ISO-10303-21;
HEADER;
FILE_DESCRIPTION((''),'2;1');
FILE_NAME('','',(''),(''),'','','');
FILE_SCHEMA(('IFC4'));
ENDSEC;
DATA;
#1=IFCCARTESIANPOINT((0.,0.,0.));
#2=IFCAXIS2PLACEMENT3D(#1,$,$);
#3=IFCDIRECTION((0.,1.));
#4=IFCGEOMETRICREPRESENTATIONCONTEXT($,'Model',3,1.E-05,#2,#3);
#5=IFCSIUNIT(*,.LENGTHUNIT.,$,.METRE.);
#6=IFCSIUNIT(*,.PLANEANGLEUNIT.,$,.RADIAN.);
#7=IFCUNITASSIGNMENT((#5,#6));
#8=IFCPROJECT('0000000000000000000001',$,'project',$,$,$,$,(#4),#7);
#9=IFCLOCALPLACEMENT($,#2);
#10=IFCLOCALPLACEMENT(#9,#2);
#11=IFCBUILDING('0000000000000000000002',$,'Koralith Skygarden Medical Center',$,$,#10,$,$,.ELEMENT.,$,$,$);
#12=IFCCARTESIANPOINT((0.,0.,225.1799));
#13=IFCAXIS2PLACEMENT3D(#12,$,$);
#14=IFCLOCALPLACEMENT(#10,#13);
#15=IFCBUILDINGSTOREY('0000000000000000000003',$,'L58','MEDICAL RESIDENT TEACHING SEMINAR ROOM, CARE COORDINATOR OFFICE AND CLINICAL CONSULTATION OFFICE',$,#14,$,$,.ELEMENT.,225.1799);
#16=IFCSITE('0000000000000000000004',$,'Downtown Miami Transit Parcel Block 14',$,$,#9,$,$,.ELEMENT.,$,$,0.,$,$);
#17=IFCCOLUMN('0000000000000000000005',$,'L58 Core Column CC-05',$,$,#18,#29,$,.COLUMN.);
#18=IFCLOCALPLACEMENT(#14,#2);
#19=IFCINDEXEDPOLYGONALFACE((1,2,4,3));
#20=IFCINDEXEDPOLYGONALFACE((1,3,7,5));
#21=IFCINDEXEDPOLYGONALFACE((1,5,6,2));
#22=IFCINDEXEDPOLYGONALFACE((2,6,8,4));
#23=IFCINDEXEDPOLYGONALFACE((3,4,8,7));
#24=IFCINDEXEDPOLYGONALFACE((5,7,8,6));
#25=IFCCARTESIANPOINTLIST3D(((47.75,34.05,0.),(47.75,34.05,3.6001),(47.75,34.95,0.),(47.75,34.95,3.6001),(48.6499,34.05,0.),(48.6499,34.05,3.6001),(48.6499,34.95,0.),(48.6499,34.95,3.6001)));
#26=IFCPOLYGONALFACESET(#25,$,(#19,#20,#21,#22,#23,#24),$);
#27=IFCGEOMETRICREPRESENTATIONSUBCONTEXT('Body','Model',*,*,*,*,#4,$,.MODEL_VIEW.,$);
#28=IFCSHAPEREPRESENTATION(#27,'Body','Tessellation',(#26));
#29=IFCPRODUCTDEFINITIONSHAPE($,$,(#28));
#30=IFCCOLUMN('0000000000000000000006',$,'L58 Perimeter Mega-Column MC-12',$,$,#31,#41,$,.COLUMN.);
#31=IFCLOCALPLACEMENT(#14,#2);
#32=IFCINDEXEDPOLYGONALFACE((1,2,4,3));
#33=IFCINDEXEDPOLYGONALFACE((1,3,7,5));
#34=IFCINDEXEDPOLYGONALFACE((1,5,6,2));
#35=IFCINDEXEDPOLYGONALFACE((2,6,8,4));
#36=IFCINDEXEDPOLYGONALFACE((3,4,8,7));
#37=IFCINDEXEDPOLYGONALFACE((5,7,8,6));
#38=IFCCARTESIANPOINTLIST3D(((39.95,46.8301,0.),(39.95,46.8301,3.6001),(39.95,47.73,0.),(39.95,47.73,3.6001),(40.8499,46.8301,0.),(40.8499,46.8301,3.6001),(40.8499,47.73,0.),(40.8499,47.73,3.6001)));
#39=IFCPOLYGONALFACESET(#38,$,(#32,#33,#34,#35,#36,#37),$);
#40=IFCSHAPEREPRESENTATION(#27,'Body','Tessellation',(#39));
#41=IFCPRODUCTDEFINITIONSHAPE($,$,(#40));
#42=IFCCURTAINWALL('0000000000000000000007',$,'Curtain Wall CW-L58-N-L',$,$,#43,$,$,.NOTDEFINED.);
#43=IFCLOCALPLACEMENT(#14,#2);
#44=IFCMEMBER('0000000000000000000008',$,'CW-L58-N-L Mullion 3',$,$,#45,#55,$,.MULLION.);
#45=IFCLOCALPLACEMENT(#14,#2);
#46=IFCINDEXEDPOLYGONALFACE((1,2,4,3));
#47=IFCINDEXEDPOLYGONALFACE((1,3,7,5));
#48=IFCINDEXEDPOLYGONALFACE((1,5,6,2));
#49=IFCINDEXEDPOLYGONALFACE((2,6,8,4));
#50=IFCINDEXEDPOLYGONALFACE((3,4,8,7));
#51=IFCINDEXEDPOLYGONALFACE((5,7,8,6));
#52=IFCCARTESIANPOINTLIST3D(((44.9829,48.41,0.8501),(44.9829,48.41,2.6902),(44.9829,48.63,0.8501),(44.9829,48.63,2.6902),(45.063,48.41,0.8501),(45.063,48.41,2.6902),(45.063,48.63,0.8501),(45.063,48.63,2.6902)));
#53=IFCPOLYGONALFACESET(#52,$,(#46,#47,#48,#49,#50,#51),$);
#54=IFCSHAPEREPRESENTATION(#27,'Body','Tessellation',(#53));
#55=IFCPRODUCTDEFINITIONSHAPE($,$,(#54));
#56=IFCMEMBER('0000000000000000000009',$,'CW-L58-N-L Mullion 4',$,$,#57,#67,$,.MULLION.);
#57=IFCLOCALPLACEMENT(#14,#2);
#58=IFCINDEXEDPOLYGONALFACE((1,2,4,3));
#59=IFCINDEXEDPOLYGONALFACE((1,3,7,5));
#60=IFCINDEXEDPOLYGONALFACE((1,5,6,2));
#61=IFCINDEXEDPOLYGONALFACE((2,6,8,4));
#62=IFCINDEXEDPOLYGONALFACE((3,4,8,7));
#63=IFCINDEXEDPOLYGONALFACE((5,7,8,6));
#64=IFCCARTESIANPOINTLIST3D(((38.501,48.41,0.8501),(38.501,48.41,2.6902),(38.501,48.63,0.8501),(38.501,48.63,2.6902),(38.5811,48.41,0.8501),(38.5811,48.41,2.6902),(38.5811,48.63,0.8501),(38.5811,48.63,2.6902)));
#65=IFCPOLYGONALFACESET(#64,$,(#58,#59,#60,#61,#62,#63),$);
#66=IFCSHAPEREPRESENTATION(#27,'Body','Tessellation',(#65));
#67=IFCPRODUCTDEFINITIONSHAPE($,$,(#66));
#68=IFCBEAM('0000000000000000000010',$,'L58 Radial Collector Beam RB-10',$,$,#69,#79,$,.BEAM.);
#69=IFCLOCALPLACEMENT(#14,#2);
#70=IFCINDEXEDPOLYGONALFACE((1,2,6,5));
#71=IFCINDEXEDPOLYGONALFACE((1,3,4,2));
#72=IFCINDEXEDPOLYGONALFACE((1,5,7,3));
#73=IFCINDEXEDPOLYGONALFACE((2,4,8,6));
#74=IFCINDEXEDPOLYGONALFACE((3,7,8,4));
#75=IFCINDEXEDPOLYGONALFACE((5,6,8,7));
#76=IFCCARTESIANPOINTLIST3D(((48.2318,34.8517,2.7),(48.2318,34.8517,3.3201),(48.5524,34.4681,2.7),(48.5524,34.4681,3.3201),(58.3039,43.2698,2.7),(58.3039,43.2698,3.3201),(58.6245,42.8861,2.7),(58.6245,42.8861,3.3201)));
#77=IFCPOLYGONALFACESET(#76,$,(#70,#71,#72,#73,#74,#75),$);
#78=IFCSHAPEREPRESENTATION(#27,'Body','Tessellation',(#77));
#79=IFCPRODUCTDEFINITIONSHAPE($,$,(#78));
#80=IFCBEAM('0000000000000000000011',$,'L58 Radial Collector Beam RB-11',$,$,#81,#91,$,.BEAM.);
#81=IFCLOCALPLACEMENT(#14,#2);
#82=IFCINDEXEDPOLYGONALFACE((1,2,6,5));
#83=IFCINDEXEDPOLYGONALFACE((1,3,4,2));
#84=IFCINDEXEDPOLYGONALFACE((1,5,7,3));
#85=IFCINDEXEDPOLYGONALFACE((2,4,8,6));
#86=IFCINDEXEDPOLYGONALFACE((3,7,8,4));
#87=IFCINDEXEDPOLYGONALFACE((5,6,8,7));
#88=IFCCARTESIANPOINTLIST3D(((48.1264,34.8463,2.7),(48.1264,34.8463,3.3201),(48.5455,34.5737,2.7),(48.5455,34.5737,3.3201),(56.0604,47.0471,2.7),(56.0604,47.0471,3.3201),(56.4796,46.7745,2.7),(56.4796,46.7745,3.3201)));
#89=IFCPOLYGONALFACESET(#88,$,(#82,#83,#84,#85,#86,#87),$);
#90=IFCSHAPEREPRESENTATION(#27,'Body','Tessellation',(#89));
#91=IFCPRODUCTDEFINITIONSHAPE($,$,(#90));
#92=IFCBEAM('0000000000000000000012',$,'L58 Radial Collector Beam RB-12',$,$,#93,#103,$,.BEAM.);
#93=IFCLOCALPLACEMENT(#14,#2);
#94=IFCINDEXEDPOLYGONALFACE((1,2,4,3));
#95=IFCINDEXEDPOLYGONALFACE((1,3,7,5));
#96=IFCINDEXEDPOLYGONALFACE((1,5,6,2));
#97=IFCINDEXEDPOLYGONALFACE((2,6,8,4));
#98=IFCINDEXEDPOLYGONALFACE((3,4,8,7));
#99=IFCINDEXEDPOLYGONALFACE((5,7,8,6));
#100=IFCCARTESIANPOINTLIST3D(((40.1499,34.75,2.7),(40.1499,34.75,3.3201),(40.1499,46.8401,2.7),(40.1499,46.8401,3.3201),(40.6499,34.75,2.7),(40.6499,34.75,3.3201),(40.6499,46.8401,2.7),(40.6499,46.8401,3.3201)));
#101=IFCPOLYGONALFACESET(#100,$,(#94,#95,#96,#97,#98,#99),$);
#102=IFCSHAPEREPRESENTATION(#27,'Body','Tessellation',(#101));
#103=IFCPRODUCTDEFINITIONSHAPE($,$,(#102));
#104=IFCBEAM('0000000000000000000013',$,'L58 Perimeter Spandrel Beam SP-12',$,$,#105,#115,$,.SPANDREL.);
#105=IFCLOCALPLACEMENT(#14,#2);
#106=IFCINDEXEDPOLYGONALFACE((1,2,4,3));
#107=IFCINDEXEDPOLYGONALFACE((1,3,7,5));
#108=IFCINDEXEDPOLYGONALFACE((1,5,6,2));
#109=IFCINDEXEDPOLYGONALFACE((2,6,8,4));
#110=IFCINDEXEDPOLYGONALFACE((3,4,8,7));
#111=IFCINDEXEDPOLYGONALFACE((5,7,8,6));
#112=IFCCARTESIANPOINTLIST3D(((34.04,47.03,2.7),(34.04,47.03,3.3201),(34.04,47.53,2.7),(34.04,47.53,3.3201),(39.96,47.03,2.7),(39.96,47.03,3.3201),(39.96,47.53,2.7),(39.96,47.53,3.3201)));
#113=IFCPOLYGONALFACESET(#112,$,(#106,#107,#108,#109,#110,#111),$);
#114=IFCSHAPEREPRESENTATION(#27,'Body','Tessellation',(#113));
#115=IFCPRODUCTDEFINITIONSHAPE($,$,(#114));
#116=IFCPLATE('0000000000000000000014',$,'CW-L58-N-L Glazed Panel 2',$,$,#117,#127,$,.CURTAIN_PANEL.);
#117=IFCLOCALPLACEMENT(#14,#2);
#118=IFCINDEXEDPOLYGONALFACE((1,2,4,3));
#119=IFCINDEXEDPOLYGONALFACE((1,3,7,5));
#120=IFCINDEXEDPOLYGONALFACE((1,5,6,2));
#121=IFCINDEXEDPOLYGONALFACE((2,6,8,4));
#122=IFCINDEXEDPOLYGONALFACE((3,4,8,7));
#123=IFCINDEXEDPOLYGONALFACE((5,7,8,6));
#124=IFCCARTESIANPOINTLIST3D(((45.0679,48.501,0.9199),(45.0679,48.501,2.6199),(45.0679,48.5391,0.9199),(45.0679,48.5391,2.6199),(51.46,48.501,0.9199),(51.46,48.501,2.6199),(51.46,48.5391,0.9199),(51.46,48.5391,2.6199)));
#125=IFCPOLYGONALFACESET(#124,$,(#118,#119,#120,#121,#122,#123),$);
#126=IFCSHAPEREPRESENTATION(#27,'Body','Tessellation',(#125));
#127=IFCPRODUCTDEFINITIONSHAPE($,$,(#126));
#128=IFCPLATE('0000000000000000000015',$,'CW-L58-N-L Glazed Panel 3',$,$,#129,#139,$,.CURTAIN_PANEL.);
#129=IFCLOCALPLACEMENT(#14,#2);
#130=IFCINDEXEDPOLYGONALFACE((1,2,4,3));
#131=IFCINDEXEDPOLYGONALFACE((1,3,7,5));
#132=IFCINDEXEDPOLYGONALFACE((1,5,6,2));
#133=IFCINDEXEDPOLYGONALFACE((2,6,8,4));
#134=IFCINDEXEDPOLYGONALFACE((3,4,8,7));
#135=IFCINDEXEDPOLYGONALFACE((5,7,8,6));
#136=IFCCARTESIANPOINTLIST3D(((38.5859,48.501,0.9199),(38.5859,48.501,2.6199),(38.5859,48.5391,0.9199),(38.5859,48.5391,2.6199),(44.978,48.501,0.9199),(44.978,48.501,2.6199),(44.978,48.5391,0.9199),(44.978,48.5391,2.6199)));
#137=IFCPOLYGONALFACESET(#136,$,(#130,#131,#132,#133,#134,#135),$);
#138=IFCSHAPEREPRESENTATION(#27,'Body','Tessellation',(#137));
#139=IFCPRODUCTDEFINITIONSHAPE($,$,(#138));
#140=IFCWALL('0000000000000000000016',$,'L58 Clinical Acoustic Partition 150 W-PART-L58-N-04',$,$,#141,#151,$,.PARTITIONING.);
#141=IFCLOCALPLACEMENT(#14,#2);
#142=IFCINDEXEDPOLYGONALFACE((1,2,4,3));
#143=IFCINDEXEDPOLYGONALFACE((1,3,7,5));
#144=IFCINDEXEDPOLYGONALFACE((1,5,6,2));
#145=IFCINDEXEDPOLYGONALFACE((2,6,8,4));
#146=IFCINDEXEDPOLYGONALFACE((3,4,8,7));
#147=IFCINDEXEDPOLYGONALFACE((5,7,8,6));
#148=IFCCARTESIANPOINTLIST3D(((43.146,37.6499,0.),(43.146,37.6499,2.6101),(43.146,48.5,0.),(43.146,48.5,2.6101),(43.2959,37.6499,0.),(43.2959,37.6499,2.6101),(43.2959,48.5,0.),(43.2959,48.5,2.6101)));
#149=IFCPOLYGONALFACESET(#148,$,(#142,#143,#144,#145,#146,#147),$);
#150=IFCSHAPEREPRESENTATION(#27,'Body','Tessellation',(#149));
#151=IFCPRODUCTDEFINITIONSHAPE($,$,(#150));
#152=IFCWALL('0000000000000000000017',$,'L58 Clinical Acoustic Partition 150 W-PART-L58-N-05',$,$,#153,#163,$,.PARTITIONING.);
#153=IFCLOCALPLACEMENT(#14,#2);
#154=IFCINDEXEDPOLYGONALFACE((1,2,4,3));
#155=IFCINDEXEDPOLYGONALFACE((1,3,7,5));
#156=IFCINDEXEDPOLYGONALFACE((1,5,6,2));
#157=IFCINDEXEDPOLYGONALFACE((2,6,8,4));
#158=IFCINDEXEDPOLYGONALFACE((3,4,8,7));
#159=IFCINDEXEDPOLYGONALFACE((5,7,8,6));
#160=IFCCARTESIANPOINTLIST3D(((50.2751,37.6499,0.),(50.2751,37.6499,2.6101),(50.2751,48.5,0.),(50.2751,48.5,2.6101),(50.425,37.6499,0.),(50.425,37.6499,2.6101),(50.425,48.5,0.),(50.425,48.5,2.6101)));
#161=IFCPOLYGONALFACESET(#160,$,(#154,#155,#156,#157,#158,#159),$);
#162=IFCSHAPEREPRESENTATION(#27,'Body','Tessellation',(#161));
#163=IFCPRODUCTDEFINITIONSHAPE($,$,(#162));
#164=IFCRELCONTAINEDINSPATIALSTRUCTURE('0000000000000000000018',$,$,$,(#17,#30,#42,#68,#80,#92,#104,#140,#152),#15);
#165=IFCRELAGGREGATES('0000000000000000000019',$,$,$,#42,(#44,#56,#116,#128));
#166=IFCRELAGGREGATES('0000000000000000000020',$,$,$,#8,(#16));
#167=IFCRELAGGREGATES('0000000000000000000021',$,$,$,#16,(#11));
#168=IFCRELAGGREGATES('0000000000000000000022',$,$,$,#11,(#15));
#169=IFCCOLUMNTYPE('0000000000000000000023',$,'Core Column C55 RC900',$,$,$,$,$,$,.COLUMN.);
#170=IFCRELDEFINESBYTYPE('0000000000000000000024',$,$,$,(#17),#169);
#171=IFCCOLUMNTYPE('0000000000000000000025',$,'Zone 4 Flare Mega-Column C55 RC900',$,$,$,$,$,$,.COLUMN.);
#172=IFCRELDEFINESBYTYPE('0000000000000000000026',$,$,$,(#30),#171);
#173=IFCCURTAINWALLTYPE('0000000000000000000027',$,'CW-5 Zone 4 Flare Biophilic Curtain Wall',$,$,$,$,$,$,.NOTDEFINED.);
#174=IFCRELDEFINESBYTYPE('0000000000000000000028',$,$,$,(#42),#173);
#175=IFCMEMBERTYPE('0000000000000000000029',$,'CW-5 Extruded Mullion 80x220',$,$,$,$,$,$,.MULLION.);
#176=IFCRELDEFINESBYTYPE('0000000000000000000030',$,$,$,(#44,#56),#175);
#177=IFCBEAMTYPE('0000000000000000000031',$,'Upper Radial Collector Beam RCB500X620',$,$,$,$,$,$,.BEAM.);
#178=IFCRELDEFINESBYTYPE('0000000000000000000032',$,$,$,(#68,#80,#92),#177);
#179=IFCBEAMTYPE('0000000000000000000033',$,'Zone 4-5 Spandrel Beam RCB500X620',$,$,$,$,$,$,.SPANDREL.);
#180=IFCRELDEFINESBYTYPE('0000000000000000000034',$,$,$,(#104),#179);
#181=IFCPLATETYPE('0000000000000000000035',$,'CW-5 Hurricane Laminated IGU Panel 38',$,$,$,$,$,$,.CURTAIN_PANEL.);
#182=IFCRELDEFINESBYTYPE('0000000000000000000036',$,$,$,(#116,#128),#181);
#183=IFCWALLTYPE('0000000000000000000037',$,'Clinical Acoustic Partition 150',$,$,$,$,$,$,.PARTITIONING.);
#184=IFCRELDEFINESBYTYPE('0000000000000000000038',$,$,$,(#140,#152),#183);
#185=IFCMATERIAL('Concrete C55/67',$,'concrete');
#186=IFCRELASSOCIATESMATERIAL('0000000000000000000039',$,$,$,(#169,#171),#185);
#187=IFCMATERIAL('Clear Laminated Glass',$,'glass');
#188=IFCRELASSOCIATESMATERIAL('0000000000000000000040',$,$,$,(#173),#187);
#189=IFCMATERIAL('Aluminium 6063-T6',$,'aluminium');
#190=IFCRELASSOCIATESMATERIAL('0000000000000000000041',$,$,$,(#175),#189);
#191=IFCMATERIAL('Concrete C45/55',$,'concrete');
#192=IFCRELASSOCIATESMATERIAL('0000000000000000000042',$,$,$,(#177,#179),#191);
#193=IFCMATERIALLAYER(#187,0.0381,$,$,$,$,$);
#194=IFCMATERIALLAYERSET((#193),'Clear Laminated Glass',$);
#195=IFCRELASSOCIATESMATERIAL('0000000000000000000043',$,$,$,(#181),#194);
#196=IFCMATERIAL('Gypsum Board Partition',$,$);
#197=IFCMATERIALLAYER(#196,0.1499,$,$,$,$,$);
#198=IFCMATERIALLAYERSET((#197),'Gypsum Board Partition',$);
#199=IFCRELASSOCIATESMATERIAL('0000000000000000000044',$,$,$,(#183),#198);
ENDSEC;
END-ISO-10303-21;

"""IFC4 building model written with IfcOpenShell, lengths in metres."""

from ifc_helpers import new_model, si_unit, direction, frame, frame_2d, origin, origin_2d, place, context, subcontext, project, spatial, rectangle, extrude, material, layer, layer_set, material_profile, profile_set, type_object, element, aggregate, save


model = new_model("IFC4")

# Units and contexts
model_context = context("Model", 3, precision=1e-05, world=origin(), true_north=direction((0.0, 1.0)))
body_context = subcontext(model_context, "Body", "Model", "MODEL_VIEW")
ifc_project = project(units=[si_unit("LENGTHUNIT", "METRE"), si_unit("PLANEANGLEUNIT", "RADIAN")], contexts=[model_context])

# Site, building, storey
site_placement = place(None, origin())
site = spatial("IfcSite", under=ifc_project, at=site_placement, Name="Downtown Miami Transit Parcel Block 14", CompositionType="ELEMENT", RefElevation=0.0)
building_placement = place(site_placement, origin())
building = spatial("IfcBuilding", under=site, at=building_placement, Name="Koralith Skygarden Medical Center", CompositionType="ELEMENT")
storey_placement = place(building_placement, frame((0.0, 0.0, 225.1799)))
storey = spatial("IfcBuildingStorey", under=building, at=storey_placement, Name="L58", Description="MEDICAL RESIDENT TEACHING SEMINAR ROOM, CARE COORDINATOR OFFICE AND CLINICAL CONSULTATION OFFICE", CompositionType="ELEMENT", Elevation=225.1799)

# Columns
ifc_material_1 = material(Name="Concrete C55/67", Category="concrete")
ifc_material_profile_1 = material_profile(ifc_material_1, rectangle(XDim=0.8999, YDim=0.8999, at=origin_2d()), Name="RC900X900")
ifc_profile_set_1 = profile_set([ifc_material_profile_1], Name="Concrete C55/67")
column_type_1 = type_object("IfcColumnType", Name="Core Column C55 RC900", PredefinedType="COLUMN", material=ifc_profile_set_1)
column_1_placement = place(storey_placement, frame((48.2, 34.5, 0.0), z_axis=(0.0, 0.0, 1.0), x_axis=(1.0, 0.0, 0.0)))
element("IfcColumn", 1, at=column_1_placement, inside=storey, type_object=column_type_1, Name="L58 Core Column CC-05", PredefinedType="COLUMN", context=body_context, shape_type="SweptSolid", body=[
    extrude(rectangle(XDim=0.8999, YDim=0.8999, at=origin_2d()), origin(), (0.0, 0.0, 1.0), 3.6001),
])
ifc_material_profile_2 = material_profile(ifc_material_1, rectangle(XDim=0.8999, YDim=0.8999, at=origin_2d()), Name="RC900X900")
ifc_profile_set_2 = profile_set([ifc_material_profile_2], Name="Concrete C55/67")
column_type_2 = type_object("IfcColumnType", Name="Zone 4 Flare Mega-Column C55 RC900", PredefinedType="COLUMN", material=ifc_profile_set_2)
column_2_placement = place(storey_placement, frame((40.3999, 47.28, 0.0), z_axis=(0.0, 0.0, 1.0), x_axis=(1.0, 0.0, 0.0)))
element("IfcColumn", 2, at=column_2_placement, inside=storey, type_object=column_type_2, Name="L58 Perimeter Mega-Column MC-12", PredefinedType="COLUMN", context=body_context, shape_type="SweptSolid", body=[
    extrude(rectangle(XDim=0.8999, YDim=0.8999, at=origin_2d()), origin(), (0.0, 0.0, 1.0), 3.6001),
])

# Curtain wall, members
ifc_material_2 = material(Name="Clear Laminated Glass", Category="glass")
curtain_wall_type = type_object("IfcCurtainWallType", Name="CW-5 Zone 4 Flare Biophilic Curtain Wall", PredefinedType="NOTDEFINED", material=ifc_material_2)
curtain_wall_placement = place(storey_placement, origin())
curtain_wall = element("IfcCurtainWall", 3, at=curtain_wall_placement, inside=storey, type_object=curtain_wall_type, Name="Curtain Wall CW-L58-N-L", PredefinedType="NOTDEFINED")
ifc_material_3 = material(Name="Aluminium 6063-T6", Category="aluminium")
ifc_material_profile_3 = material_profile(ifc_material_3, rectangle(XDim=0.0801, YDim=0.22, at=origin_2d()), Name="MUL80X220")
ifc_profile_set_3 = profile_set([ifc_material_profile_3], Name="Aluminium 6063-T6")
member_type = type_object("IfcMemberType", Name="CW-5 Extruded Mullion 80x220", PredefinedType="MULLION", material=ifc_profile_set_3)
member_1_placement = place(storey_placement, frame((45.0229, 48.52, 0.8501), z_axis=(0.0, 0.0, 1.0), x_axis=(1.0, 0.0, 0.0)))
member_1 = element("IfcMember", 4, at=member_1_placement, type_object=member_type, Name="CW-L58-N-L Mullion 3", PredefinedType="MULLION", context=body_context, shape_type="SweptSolid", body=[
    extrude(rectangle(XDim=0.0801, YDim=0.22, at=origin_2d()), origin(), (0.0, 0.0, 1.0), 1.8401),
])
member_2_placement = place(storey_placement, frame((38.541, 48.52, 0.8501), z_axis=(0.0, 0.0, 1.0), x_axis=(1.0, 0.0, 0.0)))
member_2 = element("IfcMember", 5, at=member_2_placement, type_object=member_type, Name="CW-L58-N-L Mullion 4", PredefinedType="MULLION", context=body_context, shape_type="SweptSolid", body=[
    extrude(rectangle(XDim=0.0801, YDim=0.22, at=origin_2d()), origin(), (0.0, 0.0, 1.0), 1.8401),
])

# Beams
ifc_material_4 = material(Name="Concrete C45/55", Category="concrete")
ifc_material_profile_4 = material_profile(ifc_material_4, rectangle(XDim=0.5, YDim=0.6201, at=origin_2d()), Name="RCB500X620")
ifc_profile_set_4 = profile_set([ifc_material_profile_4], Name="Concrete C45/55")
beam_type_1 = type_object("IfcBeamType", Name="Upper Radial Collector Beam RCB500X620", PredefinedType="BEAM", material=ifc_profile_set_4)
beam_1_placement = place(storey_placement, frame((48.3921, 34.6599, 3.01), z_axis=(0.767298, 0.641291, 0.0), x_axis=(-0.641291, 0.767298, 0.0)))
element("IfcBeam", 6, at=beam_1_placement, inside=storey, type_object=beam_type_1, Name="L58 Radial Collector Beam RB-10", PredefinedType="BEAM", context=body_context, shape_type="SweptSolid", body=[
    extrude(rectangle(XDim=0.5, YDim=0.6201, at=origin_2d()), origin(), (0.0, 0.0, 1.0), 13.1267),
])
beam_2_placement = place(storey_placement, frame((48.3359, 34.71, 3.01), z_axis=(0.545156, 0.838334, 0.0), x_axis=(-0.838334, 0.545156, 0.0)))
element("IfcBeam", 7, at=beam_2_placement, inside=storey, type_object=beam_type_1, Name="L58 Radial Collector Beam RB-11", PredefinedType="BEAM", context=body_context, shape_type="SweptSolid", body=[
    extrude(rectangle(XDim=0.5, YDim=0.6201, at=origin_2d()), origin(), (0.0, 0.0, 1.0), 14.5537),
])
beam_3_placement = place(storey_placement, frame((40.3999, 34.75, 3.01), z_axis=(0.0, 1.0, 0.0), x_axis=(-1.0, 0.0, 0.0)))
element("IfcBeam", 8, at=beam_3_placement, inside=storey, type_object=beam_type_1, Name="L58 Radial Collector Beam RB-12", PredefinedType="BEAM", context=body_context, shape_type="SweptSolid", body=[
    extrude(rectangle(XDim=0.5, YDim=0.6201, at=origin_2d()), origin(), (0.0, 0.0, 1.0), 12.0901),
])
ifc_material_profile_5 = material_profile(ifc_material_4, rectangle(XDim=0.5, YDim=0.6201, at=origin_2d()), Name="RCB500X620")
ifc_profile_set_5 = profile_set([ifc_material_profile_5], Name="Concrete C45/55")
beam_type_2 = type_object("IfcBeamType", Name="Zone 4-5 Spandrel Beam RCB500X620", PredefinedType="SPANDREL", material=ifc_profile_set_5)
beam_4_placement = place(storey_placement, frame((39.96, 47.28, 3.01), z_axis=(-1.0, 0.0, 0.0), x_axis=(0.0, -1.0, 0.0)))
element("IfcBeam", 9, at=beam_4_placement, inside=storey, type_object=beam_type_2, Name="L58 Perimeter Spandrel Beam SP-12", PredefinedType="SPANDREL", context=body_context, shape_type="SweptSolid", body=[
    extrude(rectangle(XDim=0.5, YDim=0.6201, at=origin_2d()), origin(), (0.0, 0.0, 1.0), 5.9199),
])

# Plates
ifc_layer_1 = layer(ifc_material_2, 0.0381)
ifc_layer_set_1 = layer_set([ifc_layer_1], Name="Clear Laminated Glass")
plate_type = type_object("IfcPlateType", Name="CW-5 Hurricane Laminated IGU Panel 38", PredefinedType="CURTAIN_PANEL", material=ifc_layer_set_1)
plate_1_placement = place(storey_placement, frame((48.2639, 48.52, 0.9199), z_axis=(0.0, 0.0, 1.0), x_axis=(-1.0, 0.0, 0.0)))
plate_1 = element("IfcPlate", 10, at=plate_1_placement, type_object=plate_type, Name="CW-L58-N-L Glazed Panel 2", PredefinedType="CURTAIN_PANEL", context=body_context, shape_type="SweptSolid", body=[
    extrude(rectangle(XDim=6.3921, YDim=0.0381, at=origin_2d()), origin(), (0.0, 0.0, 1.0), 1.7),
])
plate_2_placement = place(storey_placement, frame((41.782, 48.52, 0.9199), z_axis=(0.0, 0.0, 1.0), x_axis=(-1.0, 0.0, 0.0)))
plate_2 = element("IfcPlate", 11, at=plate_2_placement, type_object=plate_type, Name="CW-L58-N-L Glazed Panel 3", PredefinedType="CURTAIN_PANEL", context=body_context, shape_type="SweptSolid", body=[
    extrude(rectangle(XDim=6.3921, YDim=0.0381, at=origin_2d()), origin(), (0.0, 0.0, 1.0), 1.7),
])
aggregate(curtain_wall, [member_1, member_2, plate_1, plate_2])

# Walls
ifc_material_5 = material(Name="Gypsum Board Partition")
ifc_layer_2 = layer(ifc_material_5, 0.1499)
ifc_layer_set_2 = layer_set([ifc_layer_2], Name="Gypsum Board Partition")
wall_type_1 = type_object("IfcWallType", Name="Clinical Acoustic Partition 150", PredefinedType="PARTITIONING", material=ifc_layer_set_2)
for number, where, z_axis, x_axis, name in (
    (12, (43.2209, 37.6499, 0.0), (0.0, 0.0, 1.0), (0.0, 1.0, 0.0), "L58 Clinical Acoustic Partition 150 W-PART-L58-N-04"),
    (13, (50.3501, 37.6499, 0.0), (0.0, 0.0, 1.0), (0.0, 1.0, 0.0), "L58 Clinical Acoustic Partition 150 W-PART-L58-N-05"),
):
    element("IfcWall", number, at=place(storey_placement, frame(where, z_axis=z_axis, x_axis=x_axis)), inside=storey, type_object=wall_type_1, Name=name, PredefinedType="PARTITIONING", context=body_context, shape_type="SweptSolid", body=[
        extrude(rectangle(XDim=10.8501, YDim=0.1499, at=frame_2d((5.425, 0.0))), origin(), (0.0, 0.0, 1.0), 2.6101),
    ])

save(model, "model.ifc")
